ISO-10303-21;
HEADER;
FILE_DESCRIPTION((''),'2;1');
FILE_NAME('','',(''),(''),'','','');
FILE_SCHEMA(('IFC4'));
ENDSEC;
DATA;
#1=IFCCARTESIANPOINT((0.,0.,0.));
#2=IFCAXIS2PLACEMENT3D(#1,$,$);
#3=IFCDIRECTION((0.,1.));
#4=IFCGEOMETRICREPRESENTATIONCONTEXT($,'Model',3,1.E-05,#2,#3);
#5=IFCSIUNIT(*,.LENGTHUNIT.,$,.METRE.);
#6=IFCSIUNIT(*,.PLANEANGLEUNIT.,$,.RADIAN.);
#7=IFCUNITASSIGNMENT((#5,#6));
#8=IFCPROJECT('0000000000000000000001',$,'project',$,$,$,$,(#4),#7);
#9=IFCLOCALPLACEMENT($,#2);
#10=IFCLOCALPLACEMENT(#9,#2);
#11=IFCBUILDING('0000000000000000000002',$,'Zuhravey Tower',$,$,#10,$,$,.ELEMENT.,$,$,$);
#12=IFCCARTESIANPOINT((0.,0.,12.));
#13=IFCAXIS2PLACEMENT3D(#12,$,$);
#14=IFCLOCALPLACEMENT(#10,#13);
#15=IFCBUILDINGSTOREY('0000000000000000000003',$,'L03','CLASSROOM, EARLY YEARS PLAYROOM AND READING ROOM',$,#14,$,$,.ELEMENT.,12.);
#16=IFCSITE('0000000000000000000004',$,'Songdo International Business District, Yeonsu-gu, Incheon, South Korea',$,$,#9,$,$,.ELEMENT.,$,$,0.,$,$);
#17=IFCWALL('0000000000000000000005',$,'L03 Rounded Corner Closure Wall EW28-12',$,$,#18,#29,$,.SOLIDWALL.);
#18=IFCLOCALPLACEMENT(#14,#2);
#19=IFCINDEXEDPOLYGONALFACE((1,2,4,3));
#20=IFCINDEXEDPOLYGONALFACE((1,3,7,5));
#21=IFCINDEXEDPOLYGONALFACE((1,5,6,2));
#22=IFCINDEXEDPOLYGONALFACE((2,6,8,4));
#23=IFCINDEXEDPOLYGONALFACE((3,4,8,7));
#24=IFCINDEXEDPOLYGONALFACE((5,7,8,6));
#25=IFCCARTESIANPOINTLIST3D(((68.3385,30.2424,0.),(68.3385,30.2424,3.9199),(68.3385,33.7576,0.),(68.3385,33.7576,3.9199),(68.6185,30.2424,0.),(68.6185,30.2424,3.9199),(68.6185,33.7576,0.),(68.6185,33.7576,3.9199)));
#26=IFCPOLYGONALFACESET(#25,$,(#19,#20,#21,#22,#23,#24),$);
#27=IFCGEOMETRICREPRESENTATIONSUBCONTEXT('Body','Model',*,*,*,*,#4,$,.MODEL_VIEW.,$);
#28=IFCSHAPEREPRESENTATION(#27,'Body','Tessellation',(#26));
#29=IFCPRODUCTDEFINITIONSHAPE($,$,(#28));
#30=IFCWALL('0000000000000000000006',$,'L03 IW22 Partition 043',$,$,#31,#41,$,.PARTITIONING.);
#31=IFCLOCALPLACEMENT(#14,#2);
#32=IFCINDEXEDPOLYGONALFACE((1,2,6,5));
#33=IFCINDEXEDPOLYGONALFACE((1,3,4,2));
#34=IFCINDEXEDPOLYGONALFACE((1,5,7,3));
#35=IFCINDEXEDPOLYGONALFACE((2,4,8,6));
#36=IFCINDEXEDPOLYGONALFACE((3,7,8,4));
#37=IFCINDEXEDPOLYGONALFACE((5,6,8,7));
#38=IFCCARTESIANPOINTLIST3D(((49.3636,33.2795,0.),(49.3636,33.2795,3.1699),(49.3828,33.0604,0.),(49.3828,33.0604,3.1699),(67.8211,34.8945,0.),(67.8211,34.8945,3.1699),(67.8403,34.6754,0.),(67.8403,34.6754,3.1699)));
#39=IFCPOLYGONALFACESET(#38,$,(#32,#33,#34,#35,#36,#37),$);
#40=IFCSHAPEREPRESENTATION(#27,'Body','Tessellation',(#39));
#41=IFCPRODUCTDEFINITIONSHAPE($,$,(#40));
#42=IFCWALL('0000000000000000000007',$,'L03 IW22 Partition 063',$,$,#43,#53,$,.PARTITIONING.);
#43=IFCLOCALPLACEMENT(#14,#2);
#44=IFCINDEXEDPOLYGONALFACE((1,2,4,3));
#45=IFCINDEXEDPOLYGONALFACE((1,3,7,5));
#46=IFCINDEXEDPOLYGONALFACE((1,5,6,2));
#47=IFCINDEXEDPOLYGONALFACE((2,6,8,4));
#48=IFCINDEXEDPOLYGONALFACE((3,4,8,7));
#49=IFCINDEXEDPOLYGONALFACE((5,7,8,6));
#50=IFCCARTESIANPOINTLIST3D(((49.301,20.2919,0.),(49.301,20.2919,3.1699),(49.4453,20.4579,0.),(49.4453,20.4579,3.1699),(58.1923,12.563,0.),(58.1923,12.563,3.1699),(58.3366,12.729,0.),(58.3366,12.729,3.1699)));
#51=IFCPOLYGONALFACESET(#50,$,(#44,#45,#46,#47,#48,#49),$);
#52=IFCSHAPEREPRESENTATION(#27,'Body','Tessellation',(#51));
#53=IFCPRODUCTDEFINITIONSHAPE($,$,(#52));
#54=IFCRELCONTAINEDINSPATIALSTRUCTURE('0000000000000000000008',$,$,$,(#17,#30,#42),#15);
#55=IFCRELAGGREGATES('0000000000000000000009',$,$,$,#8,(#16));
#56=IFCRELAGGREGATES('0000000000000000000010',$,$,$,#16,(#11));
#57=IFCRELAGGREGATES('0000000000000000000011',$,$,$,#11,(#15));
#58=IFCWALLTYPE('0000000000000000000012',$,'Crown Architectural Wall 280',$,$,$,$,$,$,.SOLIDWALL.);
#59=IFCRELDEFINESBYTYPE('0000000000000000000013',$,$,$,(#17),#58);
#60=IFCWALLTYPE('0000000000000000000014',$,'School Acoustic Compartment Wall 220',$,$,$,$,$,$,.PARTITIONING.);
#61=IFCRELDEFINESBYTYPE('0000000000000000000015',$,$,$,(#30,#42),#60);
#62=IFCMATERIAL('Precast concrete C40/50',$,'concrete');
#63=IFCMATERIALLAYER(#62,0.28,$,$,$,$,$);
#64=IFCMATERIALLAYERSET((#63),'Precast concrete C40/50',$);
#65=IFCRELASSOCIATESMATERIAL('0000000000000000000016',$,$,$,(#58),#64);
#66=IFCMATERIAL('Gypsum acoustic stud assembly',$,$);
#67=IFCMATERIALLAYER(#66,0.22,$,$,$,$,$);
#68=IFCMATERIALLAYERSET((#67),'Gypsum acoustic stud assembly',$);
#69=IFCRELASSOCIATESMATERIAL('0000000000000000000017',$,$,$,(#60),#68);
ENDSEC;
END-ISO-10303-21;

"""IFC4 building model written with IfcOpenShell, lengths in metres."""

from ifc_helpers import new_model, si_unit, direction, frame, frame_2d, origin, place, context, subcontext, project, spatial, rectangle, extrude, material, layer, layer_set, type_object, element, save


model = new_model("IFC4")

# Units and contexts
model_context = context("Model", 3, precision=1e-05, world=origin(), true_north=direction((0.0, 1.0)))
body_context = subcontext(model_context, "Body", "Model", "MODEL_VIEW")
ifc_project = project(units=[si_unit("LENGTHUNIT", "METRE"), si_unit("PLANEANGLEUNIT", "RADIAN")], contexts=[model_context])

# Site, building, storey
site_placement = place(None, origin())
site = spatial("IfcSite", under=ifc_project, at=site_placement, Name="Songdo International Business District, Yeonsu-gu, Incheon, South Korea", CompositionType="ELEMENT", RefElevation=0.0)
building_placement = place(site_placement, origin())
building = spatial("IfcBuilding", under=site, at=building_placement, Name="Zuhravey Tower", CompositionType="ELEMENT")
storey_placement = place(building_placement, frame((0.0, 0.0, 12.0)))
storey = spatial("IfcBuildingStorey", under=building, at=storey_placement, Name="L03", Description="CLASSROOM, EARLY YEARS PLAYROOM AND READING ROOM", CompositionType="ELEMENT", Elevation=12.0)

# Walls
ifc_material_1 = material(Name="Precast concrete C40/50", Category="concrete")
ifc_layer_1 = layer(ifc_material_1, 0.28)
ifc_layer_set_1 = layer_set([ifc_layer_1], Name="Precast concrete C40/50")
wall_type_1 = type_object("IfcWallType", Name="Crown Architectural Wall 280", PredefinedType="SOLIDWALL", material=ifc_layer_set_1)
wall_1_placement = place(storey_placement, frame((68.4785, 33.7576, 0.0), z_axis=(0.0, 0.0, 1.0), x_axis=(0.0, -1.0, 0.0)))
element("IfcWall", 1, at=wall_1_placement, inside=storey, type_object=wall_type_1, Name="L03 Rounded Corner Closure Wall EW28-12", PredefinedType="SOLIDWALL", context=body_context, shape_type="SweptSolid", body=[
    extrude(rectangle(XDim=3.5151, YDim=0.28, at=frame_2d((1.7576, 0.0))), origin(), (0.0, 0.0, 1.0), 3.9199),
])
ifc_material_2 = material(Name="Gypsum acoustic stud assembly")
ifc_layer_2 = layer(ifc_material_2, 0.22)
ifc_layer_set_2 = layer_set([ifc_layer_2], Name="Gypsum acoustic stud assembly")
wall_type_2 = type_object("IfcWallType", Name="School Acoustic Compartment Wall 220", PredefinedType="PARTITIONING", material=ifc_layer_set_2)
wall_2_placement = place(storey_placement, frame((49.373, 33.1699, 0.0), z_axis=(0.0, 0.0, 1.0), x_axis=(0.996194, 0.087165, 0.0)))
element("IfcWall", 2, at=wall_2_placement, inside=storey, type_object=wall_type_2, Name="L03 IW22 Partition 043", PredefinedType="PARTITIONING", context=body_context, shape_type="SweptSolid", body=[
    extrude(rectangle(XDim=18.5281, YDim=0.22, at=frame_2d((9.2642, 0.0))), origin(), (0.0, 0.0, 1.0), 3.1699),
])
wall_3_placement = place(storey_placement, frame((49.373, 20.375, 0.0), z_axis=(0.0, 0.0, 1.0), x_axis=(0.754715, -0.656052, 0.0)))
element("IfcWall", 3, at=wall_3_placement, inside=storey, type_object=wall_type_2, Name="L03 IW22 Partition 063", PredefinedType="PARTITIONING", context=body_context, shape_type="SweptSolid", body=[
    extrude(rectangle(XDim=11.781, YDim=0.22, at=frame_2d((5.8906, 0.0))), origin(), (0.0, 0.0, 1.0), 3.1699),
])

save(model, "model.ifc")
